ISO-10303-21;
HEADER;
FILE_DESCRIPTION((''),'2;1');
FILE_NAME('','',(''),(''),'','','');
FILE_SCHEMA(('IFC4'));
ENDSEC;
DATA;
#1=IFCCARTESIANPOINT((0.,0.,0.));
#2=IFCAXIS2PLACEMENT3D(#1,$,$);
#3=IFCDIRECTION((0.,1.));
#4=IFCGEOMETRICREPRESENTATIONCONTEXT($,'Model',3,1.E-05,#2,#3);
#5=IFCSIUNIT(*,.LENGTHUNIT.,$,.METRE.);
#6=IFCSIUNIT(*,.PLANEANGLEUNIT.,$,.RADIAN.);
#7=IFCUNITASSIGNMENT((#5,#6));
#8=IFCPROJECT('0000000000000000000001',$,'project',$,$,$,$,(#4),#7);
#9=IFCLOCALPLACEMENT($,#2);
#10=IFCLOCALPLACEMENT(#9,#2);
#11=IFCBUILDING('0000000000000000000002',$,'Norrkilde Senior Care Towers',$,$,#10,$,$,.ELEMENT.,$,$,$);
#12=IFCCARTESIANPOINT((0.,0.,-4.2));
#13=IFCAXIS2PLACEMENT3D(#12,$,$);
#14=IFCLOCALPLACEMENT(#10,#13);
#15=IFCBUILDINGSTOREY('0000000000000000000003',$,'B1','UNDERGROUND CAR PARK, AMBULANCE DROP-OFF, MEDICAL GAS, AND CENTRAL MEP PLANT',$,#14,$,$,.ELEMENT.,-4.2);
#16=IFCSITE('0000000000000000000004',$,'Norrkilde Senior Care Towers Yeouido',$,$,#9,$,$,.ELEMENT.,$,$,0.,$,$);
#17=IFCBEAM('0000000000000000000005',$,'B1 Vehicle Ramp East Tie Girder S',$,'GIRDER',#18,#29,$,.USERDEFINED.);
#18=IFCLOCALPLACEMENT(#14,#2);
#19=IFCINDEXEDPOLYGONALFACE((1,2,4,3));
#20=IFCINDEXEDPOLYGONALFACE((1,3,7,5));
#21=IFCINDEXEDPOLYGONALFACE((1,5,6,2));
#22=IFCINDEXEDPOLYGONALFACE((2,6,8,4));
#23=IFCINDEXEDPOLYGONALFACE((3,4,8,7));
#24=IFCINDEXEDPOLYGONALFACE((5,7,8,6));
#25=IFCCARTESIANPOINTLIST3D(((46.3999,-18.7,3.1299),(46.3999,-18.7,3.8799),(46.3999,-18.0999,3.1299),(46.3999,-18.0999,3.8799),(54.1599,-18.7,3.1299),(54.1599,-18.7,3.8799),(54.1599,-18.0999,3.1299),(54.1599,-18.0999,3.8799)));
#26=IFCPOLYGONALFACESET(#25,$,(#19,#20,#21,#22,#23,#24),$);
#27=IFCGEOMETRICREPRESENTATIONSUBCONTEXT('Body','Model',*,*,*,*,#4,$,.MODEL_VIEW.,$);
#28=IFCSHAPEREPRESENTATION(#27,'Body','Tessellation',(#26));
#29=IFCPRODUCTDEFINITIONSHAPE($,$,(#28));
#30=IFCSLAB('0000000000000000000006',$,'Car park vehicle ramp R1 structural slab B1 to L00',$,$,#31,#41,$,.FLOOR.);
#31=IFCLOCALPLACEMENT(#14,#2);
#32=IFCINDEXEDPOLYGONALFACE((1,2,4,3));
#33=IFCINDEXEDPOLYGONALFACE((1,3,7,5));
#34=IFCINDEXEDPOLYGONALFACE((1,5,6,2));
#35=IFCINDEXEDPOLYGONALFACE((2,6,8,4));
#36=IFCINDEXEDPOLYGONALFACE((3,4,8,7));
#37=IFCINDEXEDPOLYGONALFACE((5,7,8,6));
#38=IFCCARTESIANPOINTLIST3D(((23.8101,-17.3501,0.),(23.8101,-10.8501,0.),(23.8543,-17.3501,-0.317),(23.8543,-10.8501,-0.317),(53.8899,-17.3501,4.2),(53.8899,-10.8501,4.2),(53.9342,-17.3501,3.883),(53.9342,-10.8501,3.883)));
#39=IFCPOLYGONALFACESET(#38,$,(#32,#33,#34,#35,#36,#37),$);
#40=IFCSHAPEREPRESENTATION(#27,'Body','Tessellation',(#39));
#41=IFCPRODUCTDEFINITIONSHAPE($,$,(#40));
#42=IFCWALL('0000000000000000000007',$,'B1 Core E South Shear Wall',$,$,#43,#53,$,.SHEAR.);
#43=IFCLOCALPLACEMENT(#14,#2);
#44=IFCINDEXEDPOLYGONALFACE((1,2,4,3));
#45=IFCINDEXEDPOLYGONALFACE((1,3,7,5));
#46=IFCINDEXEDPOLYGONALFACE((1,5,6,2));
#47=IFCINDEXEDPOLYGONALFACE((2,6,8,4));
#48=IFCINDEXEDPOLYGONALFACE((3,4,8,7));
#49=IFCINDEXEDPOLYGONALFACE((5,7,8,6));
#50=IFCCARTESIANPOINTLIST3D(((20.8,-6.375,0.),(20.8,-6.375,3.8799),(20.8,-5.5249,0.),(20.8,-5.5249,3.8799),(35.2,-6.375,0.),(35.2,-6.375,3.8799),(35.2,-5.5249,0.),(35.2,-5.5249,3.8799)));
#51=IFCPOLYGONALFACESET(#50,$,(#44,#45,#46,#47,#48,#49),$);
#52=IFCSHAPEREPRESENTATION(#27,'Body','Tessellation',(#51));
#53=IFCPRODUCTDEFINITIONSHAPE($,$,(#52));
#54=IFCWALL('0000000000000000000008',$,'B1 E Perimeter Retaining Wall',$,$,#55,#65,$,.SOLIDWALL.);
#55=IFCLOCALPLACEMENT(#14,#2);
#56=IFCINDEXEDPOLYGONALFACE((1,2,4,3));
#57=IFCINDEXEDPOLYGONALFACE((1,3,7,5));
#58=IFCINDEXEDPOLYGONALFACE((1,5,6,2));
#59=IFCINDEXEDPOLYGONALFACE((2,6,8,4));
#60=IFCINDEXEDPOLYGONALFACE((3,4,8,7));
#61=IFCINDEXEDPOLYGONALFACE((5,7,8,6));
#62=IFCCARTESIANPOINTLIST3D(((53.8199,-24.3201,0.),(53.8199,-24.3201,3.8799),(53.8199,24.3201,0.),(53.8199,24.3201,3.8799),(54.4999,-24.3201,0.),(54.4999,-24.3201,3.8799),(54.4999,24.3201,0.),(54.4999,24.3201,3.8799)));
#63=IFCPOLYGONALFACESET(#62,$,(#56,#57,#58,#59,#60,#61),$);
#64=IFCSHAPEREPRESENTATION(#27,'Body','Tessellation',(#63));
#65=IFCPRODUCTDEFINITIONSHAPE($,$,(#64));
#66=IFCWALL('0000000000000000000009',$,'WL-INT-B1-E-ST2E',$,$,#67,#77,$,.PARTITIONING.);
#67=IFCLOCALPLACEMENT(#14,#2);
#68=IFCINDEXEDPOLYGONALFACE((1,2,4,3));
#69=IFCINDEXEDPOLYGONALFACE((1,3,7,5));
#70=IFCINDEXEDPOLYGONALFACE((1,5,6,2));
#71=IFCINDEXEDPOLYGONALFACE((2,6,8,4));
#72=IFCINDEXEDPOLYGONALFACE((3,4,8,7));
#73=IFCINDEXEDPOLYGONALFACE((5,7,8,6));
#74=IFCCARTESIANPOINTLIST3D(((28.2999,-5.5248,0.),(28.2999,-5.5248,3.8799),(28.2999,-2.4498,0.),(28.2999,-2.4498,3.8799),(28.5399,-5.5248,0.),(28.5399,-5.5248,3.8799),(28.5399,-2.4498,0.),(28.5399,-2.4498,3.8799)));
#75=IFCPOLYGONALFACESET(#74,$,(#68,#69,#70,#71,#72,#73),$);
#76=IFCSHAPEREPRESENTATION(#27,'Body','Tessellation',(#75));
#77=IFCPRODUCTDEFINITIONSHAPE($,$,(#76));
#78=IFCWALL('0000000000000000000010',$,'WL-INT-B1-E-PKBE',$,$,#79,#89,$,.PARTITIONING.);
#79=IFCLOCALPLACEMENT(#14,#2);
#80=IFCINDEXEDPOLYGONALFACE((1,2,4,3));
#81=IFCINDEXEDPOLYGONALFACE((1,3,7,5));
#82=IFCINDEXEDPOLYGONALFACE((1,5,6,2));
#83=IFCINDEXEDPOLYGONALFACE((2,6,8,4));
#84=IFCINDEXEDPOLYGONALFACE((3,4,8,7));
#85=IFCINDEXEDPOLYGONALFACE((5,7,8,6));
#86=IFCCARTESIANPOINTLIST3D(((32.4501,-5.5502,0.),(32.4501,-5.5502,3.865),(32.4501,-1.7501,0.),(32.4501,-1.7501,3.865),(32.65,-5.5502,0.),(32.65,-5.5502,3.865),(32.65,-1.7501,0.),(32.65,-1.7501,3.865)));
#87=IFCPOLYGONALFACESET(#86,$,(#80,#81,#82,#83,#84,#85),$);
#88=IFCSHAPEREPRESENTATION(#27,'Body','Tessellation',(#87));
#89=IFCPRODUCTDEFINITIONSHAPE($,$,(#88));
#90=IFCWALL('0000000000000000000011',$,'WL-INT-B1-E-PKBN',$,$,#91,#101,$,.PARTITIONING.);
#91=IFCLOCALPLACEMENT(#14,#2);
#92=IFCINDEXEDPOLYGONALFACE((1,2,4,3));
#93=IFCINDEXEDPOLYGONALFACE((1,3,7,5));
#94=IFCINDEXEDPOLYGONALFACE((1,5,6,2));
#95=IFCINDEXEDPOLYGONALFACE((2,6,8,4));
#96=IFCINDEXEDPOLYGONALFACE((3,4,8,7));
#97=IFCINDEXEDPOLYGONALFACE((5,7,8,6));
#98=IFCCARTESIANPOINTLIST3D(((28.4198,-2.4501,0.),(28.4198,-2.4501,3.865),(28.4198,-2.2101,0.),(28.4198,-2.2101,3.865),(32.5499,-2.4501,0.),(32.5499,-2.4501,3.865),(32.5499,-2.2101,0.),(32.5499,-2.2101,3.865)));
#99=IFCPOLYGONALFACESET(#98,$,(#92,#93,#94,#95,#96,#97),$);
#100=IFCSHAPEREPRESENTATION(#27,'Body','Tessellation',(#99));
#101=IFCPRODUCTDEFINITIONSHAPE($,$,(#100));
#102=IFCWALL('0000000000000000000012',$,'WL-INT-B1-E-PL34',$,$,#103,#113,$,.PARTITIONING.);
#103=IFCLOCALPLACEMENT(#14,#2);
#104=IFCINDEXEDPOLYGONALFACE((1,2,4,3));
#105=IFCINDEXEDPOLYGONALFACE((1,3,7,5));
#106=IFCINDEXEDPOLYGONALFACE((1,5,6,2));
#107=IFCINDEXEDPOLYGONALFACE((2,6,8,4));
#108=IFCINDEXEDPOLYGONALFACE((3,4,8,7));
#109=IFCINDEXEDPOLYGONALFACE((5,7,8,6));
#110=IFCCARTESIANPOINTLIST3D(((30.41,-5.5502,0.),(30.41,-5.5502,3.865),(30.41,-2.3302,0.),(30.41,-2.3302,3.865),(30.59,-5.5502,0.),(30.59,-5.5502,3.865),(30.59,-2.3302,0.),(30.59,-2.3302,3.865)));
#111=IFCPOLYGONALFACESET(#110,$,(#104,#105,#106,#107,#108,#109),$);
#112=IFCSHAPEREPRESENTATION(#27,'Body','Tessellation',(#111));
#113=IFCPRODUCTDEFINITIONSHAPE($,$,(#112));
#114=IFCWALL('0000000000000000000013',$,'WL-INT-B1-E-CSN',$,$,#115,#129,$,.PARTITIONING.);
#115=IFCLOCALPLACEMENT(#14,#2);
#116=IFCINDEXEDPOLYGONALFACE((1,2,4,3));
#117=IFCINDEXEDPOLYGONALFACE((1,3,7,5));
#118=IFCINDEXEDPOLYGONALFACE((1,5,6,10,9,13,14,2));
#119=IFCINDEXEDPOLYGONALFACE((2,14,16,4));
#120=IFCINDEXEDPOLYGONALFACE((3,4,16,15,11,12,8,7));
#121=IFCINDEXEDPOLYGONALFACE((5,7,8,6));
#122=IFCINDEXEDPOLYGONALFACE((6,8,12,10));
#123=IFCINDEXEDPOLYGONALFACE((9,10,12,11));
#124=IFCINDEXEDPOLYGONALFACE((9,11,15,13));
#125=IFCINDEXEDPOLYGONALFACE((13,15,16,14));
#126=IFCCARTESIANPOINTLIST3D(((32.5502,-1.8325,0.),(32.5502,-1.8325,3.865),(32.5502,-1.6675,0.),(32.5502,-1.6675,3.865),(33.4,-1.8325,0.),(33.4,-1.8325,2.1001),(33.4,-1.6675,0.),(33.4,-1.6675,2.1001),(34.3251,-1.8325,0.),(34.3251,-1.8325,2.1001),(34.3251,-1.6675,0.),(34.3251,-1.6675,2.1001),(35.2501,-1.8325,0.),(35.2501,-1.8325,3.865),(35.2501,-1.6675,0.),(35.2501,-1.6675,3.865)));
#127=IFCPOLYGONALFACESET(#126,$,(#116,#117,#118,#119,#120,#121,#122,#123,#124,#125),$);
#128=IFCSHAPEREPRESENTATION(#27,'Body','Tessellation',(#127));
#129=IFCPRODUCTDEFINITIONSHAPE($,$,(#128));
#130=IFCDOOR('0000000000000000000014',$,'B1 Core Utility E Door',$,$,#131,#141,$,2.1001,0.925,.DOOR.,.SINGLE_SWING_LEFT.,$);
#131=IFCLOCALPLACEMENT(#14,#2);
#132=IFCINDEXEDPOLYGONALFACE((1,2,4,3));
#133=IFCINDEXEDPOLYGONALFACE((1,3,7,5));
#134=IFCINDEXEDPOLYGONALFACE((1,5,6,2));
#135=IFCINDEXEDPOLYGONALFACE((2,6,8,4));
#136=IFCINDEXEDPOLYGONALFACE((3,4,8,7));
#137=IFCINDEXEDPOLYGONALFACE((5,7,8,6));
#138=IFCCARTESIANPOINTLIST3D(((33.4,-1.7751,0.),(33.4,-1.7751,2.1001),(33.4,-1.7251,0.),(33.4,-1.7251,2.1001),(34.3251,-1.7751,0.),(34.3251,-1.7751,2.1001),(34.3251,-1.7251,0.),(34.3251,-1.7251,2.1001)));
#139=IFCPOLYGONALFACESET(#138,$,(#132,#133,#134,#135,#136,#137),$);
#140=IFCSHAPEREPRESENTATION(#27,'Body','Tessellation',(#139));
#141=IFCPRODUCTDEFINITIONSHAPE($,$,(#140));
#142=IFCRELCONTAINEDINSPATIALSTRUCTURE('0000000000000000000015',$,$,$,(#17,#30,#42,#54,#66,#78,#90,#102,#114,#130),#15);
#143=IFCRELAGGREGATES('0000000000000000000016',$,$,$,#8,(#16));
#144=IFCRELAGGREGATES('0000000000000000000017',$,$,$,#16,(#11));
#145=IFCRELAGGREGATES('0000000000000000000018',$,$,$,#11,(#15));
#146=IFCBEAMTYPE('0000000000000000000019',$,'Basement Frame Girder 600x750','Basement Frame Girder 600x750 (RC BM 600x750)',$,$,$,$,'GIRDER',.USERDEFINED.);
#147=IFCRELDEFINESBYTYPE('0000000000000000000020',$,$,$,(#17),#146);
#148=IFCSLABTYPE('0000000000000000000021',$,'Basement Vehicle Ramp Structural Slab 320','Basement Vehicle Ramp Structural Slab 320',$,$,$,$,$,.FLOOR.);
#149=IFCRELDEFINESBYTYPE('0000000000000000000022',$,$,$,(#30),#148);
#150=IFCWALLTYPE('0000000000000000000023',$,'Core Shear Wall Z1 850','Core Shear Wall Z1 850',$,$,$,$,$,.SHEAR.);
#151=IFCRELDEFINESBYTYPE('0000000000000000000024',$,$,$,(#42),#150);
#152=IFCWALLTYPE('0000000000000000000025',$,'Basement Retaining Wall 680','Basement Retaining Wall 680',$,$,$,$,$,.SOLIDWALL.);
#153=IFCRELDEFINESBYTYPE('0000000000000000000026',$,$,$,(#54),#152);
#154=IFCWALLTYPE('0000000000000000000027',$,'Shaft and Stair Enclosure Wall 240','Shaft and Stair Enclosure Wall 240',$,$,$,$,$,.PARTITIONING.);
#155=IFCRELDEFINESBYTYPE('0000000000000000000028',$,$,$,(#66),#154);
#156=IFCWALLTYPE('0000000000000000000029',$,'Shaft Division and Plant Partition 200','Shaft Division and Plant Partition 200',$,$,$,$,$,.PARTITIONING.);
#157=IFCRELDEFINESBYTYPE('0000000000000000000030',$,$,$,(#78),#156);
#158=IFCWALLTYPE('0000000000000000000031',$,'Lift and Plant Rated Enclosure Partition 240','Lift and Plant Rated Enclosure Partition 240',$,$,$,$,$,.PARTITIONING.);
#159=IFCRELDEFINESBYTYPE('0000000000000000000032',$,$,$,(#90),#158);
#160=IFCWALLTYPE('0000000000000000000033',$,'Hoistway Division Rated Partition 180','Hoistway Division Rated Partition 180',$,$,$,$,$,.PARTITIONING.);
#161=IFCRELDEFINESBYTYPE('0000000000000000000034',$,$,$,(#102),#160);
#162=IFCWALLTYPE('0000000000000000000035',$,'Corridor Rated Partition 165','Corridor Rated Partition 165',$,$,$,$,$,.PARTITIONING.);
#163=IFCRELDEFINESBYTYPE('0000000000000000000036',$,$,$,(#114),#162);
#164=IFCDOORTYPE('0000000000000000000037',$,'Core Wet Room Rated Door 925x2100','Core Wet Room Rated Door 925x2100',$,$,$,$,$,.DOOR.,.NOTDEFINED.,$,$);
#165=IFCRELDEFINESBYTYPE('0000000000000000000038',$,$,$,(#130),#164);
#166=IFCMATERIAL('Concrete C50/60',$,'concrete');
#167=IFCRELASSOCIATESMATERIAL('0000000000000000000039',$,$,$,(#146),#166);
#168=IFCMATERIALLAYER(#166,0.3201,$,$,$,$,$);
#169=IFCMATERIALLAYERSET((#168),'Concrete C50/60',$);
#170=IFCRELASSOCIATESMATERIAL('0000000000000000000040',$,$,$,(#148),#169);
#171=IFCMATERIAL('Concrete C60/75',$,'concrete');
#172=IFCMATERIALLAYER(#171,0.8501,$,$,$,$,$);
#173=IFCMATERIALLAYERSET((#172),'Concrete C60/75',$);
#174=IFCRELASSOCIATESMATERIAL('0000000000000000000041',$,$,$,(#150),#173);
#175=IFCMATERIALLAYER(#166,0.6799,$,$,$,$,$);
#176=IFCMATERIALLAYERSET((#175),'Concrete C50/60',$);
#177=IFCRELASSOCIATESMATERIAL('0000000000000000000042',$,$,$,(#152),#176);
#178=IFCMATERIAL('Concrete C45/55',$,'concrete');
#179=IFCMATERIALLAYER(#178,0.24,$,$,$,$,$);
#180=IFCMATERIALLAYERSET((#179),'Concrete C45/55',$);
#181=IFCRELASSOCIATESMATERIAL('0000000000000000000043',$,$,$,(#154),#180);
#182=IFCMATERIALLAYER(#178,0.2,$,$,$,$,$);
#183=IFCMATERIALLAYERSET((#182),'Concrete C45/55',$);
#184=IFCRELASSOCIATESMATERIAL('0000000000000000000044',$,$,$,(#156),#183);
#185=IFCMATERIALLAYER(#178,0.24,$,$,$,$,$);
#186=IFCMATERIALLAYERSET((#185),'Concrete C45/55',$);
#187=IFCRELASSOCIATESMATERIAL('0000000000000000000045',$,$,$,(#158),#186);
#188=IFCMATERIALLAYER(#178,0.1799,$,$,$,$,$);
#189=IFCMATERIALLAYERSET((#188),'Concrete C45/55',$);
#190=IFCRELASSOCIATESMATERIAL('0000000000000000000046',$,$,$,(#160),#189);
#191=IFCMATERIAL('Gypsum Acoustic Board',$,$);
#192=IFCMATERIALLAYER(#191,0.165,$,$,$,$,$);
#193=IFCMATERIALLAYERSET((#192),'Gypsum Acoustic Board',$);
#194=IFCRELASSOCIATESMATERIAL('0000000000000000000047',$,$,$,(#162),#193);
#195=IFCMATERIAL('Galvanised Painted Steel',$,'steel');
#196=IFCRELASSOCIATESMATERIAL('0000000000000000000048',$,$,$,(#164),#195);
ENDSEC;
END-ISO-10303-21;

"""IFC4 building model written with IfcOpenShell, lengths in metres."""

from ifc_helpers import new_model, si_unit, direction, frame, frame_2d, origin, origin_2d, place, context, subcontext, project, spatial, polyline, rectangle, outline, extrude, source, transform, mapped, material, layer, layer_set, material_profile, profile_set, type_object, type_shapes, element, fill, save


model = new_model("IFC4")

# Units and contexts
model_context = context("Model", 3, precision=1e-05, world=origin(), true_north=direction((0.0, 1.0)))
body_context = subcontext(model_context, "Body", "Model", "MODEL_VIEW")
ifc_project = project(units=[si_unit("LENGTHUNIT", "METRE"), si_unit("PLANEANGLEUNIT", "RADIAN")], contexts=[model_context])

# Site, building, storey
site_placement = place(None, origin())
site = spatial("IfcSite", under=ifc_project, at=site_placement, Name="Norrkilde Senior Care Towers Yeouido", CompositionType="ELEMENT", RefElevation=0.0)
building_placement = place(site_placement, origin())
building = spatial("IfcBuilding", under=site, at=building_placement, Name="Norrkilde Senior Care Towers", CompositionType="ELEMENT")
storey_placement = place(building_placement, frame((0.0, 0.0, -4.2)))
storey = spatial("IfcBuildingStorey", under=building, at=storey_placement, Name="B1", Description="UNDERGROUND CAR PARK, AMBULANCE DROP-OFF, MEDICAL GAS, AND CENTRAL MEP PLANT", CompositionType="ELEMENT", Elevation=-4.2)

# Shared definitions
ifc_material_1 = material(Name="Concrete C60/75", Category="concrete")

# Beam
ifc_material_2 = material(Name="Concrete C50/60", Category="concrete")
ifc_material_profile_1 = material_profile(ifc_material_2, rectangle(XDim=0.6001, YDim=0.75, at=origin_2d()), Name="RC BM 600x750")
ifc_profile_set_1 = profile_set([ifc_material_profile_1], Name="Concrete C50/60")
beam_type_1 = type_object("IfcBeamType", Name="Basement Frame Girder 600x750", Description="Basement Frame Girder 600x750 (RC BM 600x750)", ElementType="GIRDER", PredefinedType="USERDEFINED", material=ifc_profile_set_1)
shared_shape_1 = source(origin(), body_context, "Body", "SweptSolid", [
    extrude(rectangle(XDim=0.6001, YDim=0.75, at=origin_2d()), origin(), (0.0, 0.0, 1.0), 7.76),
])
beam_1_placement = place(storey_placement, frame((46.3999, -18.3999, 3.5049), z_axis=(1.0, 0.0, 0.0), x_axis=(0.0, 1.0, 0.0)))
element("IfcBeam", 1, at=beam_1_placement, inside=storey, type_object=beam_type_1, Name="B1 Vehicle Ramp East Tie Girder S", ObjectType="GIRDER", PredefinedType="USERDEFINED", context=body_context, shape_type="MappedRepresentation", body=[
    mapped(shared_shape_1, transform((0.0, 0.0, 0.0), x_axis=(1.0, 0.0, 0.0), y_axis=(0.0, 1.0, 0.0), z_axis=(0.0, 0.0, 1.0), scale=1.0)),
])

# Slab
ifc_layer_1 = layer(ifc_material_2, 0.3201)
ifc_layer_set_1 = layer_set([ifc_layer_1], Name="Concrete C50/60")
slab_type = type_object("IfcSlabType", Name="Basement Vehicle Ramp Structural Slab 320", Description="Basement Vehicle Ramp Structural Slab 320", PredefinedType="FLOOR", material=ifc_layer_set_1)
slab_placement = place(storey_placement, frame((23.8101, -17.3501, 0.0), z_axis=(-0.138285, 0.0, 0.990392), x_axis=(0.990392, 0.0, 0.138285)))
element("IfcSlab", 2, at=slab_placement, inside=storey, type_object=slab_type, Name="Car park vehicle ramp R1 structural slab B1 to L00", PredefinedType="FLOOR", context=body_context, shape_type="SweptSolid", body=[
    extrude(outline(polyline([(0.0, 0.0), (30.3716, 0.0), (30.3716, 6.5), (0.0, 6.5), (0.0, 0.0)])), origin(), (0.0, 0.0, -1.0), 0.3201),
])

# Walls
ifc_layer_2 = layer(ifc_material_1, 0.8501)
ifc_layer_set_2 = layer_set([ifc_layer_2], Name="Concrete C60/75")
wall_type_1 = type_object("IfcWallType", Name="Core Shear Wall Z1 850", Description="Core Shear Wall Z1 850", PredefinedType="SHEAR", material=ifc_layer_set_2)
shared_shape_2 = source(origin(), body_context, "Body", "SweptSolid", [
    extrude(rectangle(XDim=14.3999, YDim=0.8501, at=frame_2d((7.2, 0.0))), origin(), (0.0, 0.0, 1.0), 3.8799),
])
type_shapes(wall_type_1, [shared_shape_2])
wall_1_placement = place(storey_placement, frame((35.2, -5.95, 0.0), z_axis=(0.0, 0.0, 1.0), x_axis=(-1.0, 0.0, 0.0)))
element("IfcWall", 3, at=wall_1_placement, inside=storey, type_object=wall_type_1, Name="B1 Core E South Shear Wall", PredefinedType="SHEAR", context=body_context, shape_type="MappedRepresentation", body=[
    mapped(shared_shape_2, transform((0.0, 0.0, 0.0), x_axis=(1.0, 0.0, 0.0), y_axis=(0.0, 1.0, 0.0), z_axis=(0.0, 0.0, 1.0), scale=1.0)),
])
ifc_layer_3 = layer(ifc_material_2, 0.6799)
ifc_layer_set_3 = layer_set([ifc_layer_3], Name="Concrete C50/60")
wall_type_2 = type_object("IfcWallType", Name="Basement Retaining Wall 680", Description="Basement Retaining Wall 680", PredefinedType="SOLIDWALL", material=ifc_layer_set_3)
shared_shape_3 = source(origin(), body_context, "Body", "SweptSolid", [
    extrude(rectangle(XDim=48.6401, YDim=0.6799, at=frame_2d((24.3201, 0.0))), origin(), (0.0, 0.0, 1.0), 3.8799),
])
type_shapes(wall_type_2, [shared_shape_3])
wall_2_placement = place(storey_placement, frame((54.1599, -24.3201, 0.0), z_axis=(0.0, 0.0, 1.0), x_axis=(0.0, 1.0, 0.0)))
element("IfcWall", 4, at=wall_2_placement, inside=storey, type_object=wall_type_2, Name="B1 E Perimeter Retaining Wall", PredefinedType="SOLIDWALL", context=body_context, shape_type="MappedRepresentation", body=[
    mapped(shared_shape_3, transform((0.0, 0.0, 0.0), x_axis=(1.0, 0.0, 0.0), y_axis=(0.0, 1.0, 0.0), z_axis=(0.0, 0.0, 1.0), scale=1.0)),
])
ifc_material_3 = material(Name="Concrete C45/55", Category="concrete")
ifc_layer_4 = layer(ifc_material_3, 0.24)
ifc_layer_set_4 = layer_set([ifc_layer_4], Name="Concrete C45/55")
wall_type_3 = type_object("IfcWallType", Name="Shaft and Stair Enclosure Wall 240", Description="Shaft and Stair Enclosure Wall 240", PredefinedType="PARTITIONING", material=ifc_layer_set_4)
shared_shape_4 = source(origin(), body_context, "Body", "SweptSolid", [
    extrude(rectangle(XDim=3.075, YDim=0.24, at=frame_2d((1.5376, 0.0))), origin(), (0.0, 0.0, 1.0), 3.8799),
])
type_shapes(wall_type_3, [shared_shape_4])
wall_3_placement = place(storey_placement, frame((28.4199, -5.5249, 0.0), z_axis=(0.0, 0.0, 1.0), x_axis=(0.0, 1.0, 0.0)))
element("IfcWall", 5, at=wall_3_placement, inside=storey, type_object=wall_type_3, Name="WL-INT-B1-E-ST2E", PredefinedType="PARTITIONING", context=body_context, shape_type="MappedRepresentation", body=[
    mapped(shared_shape_4, transform((0.0, 0.0, 0.0), x_axis=(1.0, 0.0, 0.0), y_axis=(0.0, 1.0, 0.0), z_axis=(0.0, 0.0, 1.0), scale=1.0)),
])
ifc_layer_5 = layer(ifc_material_3, 0.2)
ifc_layer_set_5 = layer_set([ifc_layer_5], Name="Concrete C45/55")
wall_type_4 = type_object("IfcWallType", Name="Shaft Division and Plant Partition 200", Description="Shaft Division and Plant Partition 200", PredefinedType="PARTITIONING", material=ifc_layer_set_5)
shared_shape_5 = source(origin(), body_context, "Body", "SweptSolid", [
    extrude(rectangle(XDim=3.8, YDim=0.2, at=frame_2d((1.8999, 0.0))), origin(), (0.0, 0.0, 1.0), 3.865),
])
type_shapes(wall_type_4, [shared_shape_5])
wall_4_placement = place(storey_placement, frame((32.55, -5.55, 0.0), z_axis=(0.0, 0.0, 1.0), x_axis=(0.0, 1.0, 0.0)))
element("IfcWall", 6, at=wall_4_placement, inside=storey, type_object=wall_type_4, Name="WL-INT-B1-E-PKBE", PredefinedType="PARTITIONING", context=body_context, shape_type="MappedRepresentation", body=[
    mapped(shared_shape_5, transform((0.0, 0.0, 0.0), x_axis=(1.0, 0.0, 0.0), y_axis=(0.0, 1.0, 0.0), z_axis=(0.0, 0.0, 1.0), scale=1.0)),
])
ifc_layer_6 = layer(ifc_material_3, 0.24)
ifc_layer_set_6 = layer_set([ifc_layer_6], Name="Concrete C45/55")
wall_type_5 = type_object("IfcWallType", Name="Lift and Plant Rated Enclosure Partition 240", Description="Lift and Plant Rated Enclosure Partition 240", PredefinedType="PARTITIONING", material=ifc_layer_set_6)
shared_shape_6 = source(origin(), body_context, "Body", "SweptSolid", [
    extrude(rectangle(XDim=4.1301, YDim=0.24, at=frame_2d((2.0649, 0.0))), origin(), (0.0, 0.0, 1.0), 3.865),
])
type_shapes(wall_type_5, [shared_shape_6])
wall_5_placement = place(storey_placement, frame((28.4199, -2.3301, 0.0), z_axis=(0.0, 0.0, 1.0), x_axis=(1.0, 0.0, 0.0)))
element("IfcWall", 7, at=wall_5_placement, inside=storey, type_object=wall_type_5, Name="WL-INT-B1-E-PKBN", PredefinedType="PARTITIONING", context=body_context, shape_type="MappedRepresentation", body=[
    mapped(shared_shape_6, transform((0.0, 0.0, 0.0), x_axis=(1.0, 0.0, 0.0), y_axis=(0.0, 1.0, 0.0), z_axis=(0.0, 0.0, 1.0), scale=1.0)),
])
ifc_layer_7 = layer(ifc_material_3, 0.1799)
ifc_layer_set_7 = layer_set([ifc_layer_7], Name="Concrete C45/55")
wall_type_6 = type_object("IfcWallType", Name="Hoistway Division Rated Partition 180", Description="Hoistway Division Rated Partition 180", PredefinedType="PARTITIONING", material=ifc_layer_set_7)
shared_shape_7 = source(origin(), body_context, "Body", "SweptSolid", [
    extrude(rectangle(XDim=3.22, YDim=0.1799, at=frame_2d((1.6099, 0.0))), origin(), (0.0, 0.0, 1.0), 3.865),
])
type_shapes(wall_type_6, [shared_shape_7])
wall_6_placement = place(storey_placement, frame((30.5, -5.55, 0.0), z_axis=(0.0, 0.0, 1.0), x_axis=(0.0, 1.0, 0.0)))
element("IfcWall", 8, at=wall_6_placement, inside=storey, type_object=wall_type_6, Name="WL-INT-B1-E-PL34", PredefinedType="PARTITIONING", context=body_context, shape_type="MappedRepresentation", body=[
    mapped(shared_shape_7, transform((0.0, 0.0, 0.0), x_axis=(1.0, 0.0, 0.0), y_axis=(0.0, 1.0, 0.0), z_axis=(0.0, 0.0, 1.0), scale=1.0)),
])

# Wall, opening, door
ifc_material_4 = material(Name="Gypsum Acoustic Board")
ifc_layer_8 = layer(ifc_material_4, 0.165)
ifc_layer_set_8 = layer_set([ifc_layer_8], Name="Gypsum Acoustic Board")
wall_type_7 = type_object("IfcWallType", Name="Corridor Rated Partition 165", Description="Corridor Rated Partition 165", PredefinedType="PARTITIONING", material=ifc_layer_set_8)
shared_shape_8 = source(origin(), body_context, "Body", "SweptSolid", [
    extrude(rectangle(XDim=2.7, YDim=0.165, at=frame_2d((1.3501, 0.0))), origin(), (0.0, 0.0, 1.0), 3.865),
])
type_shapes(wall_type_7, [shared_shape_8])
wall_7_placement = place(storey_placement, frame((32.55, -1.75, 0.0), z_axis=(0.0, 0.0, 1.0), x_axis=(1.0, 0.0, 0.0)))
wall_7 = element("IfcWall", 9, at=wall_7_placement, inside=storey, type_object=wall_type_7, Name="WL-INT-B1-E-CSN", PredefinedType="PARTITIONING", context=body_context, shape_type="MappedRepresentation", body=[
    mapped(shared_shape_8, transform((0.0, 0.0, 0.0), x_axis=(1.0, 0.0, 0.0), y_axis=(0.0, 1.0, 0.0), z_axis=(0.0, 0.0, 1.0), scale=1.0)),
])
opening_placement = place(wall_7_placement, frame((0.8501, 0.0, 0.0)))
opening = element("IfcOpeningElement", 10, at=opening_placement, cuts=wall_7, PredefinedType="OPENING", context=body_context, shape_type="SweptSolid", body=[
    extrude(rectangle(XDim=0.925, YDim=2.1001, at=frame_2d((0.4624, 1.05))), frame((0.0, 0.0925, 0.0), z_axis=(0.0, -1.0, 0.0), x_axis=(1.0, 0.0, 0.0)), (0.0, 0.0, 1.0), 0.1851),
])
ifc_material_5 = material(Name="Galvanised Painted Steel", Category="steel")
door_type = type_object("IfcDoorType", Name="Core Wet Room Rated Door 925x2100", Description="Core Wet Room Rated Door 925x2100", OperationType="NOTDEFINED", PredefinedType="DOOR", material=ifc_material_5)
shared_shape_9 = source(origin(), body_context, "Body", "SweptSolid", [
    extrude(rectangle(XDim=0.925, YDim=2.1001, at=frame_2d((0.4624, 1.05))), frame((0.0, 0.0249, 0.0), z_axis=(0.0, -1.0, 0.0), x_axis=(1.0, 0.0, 0.0)), (0.0, 0.0, 1.0), 0.05),
])
type_shapes(door_type, [shared_shape_9])
door_placement = place(opening_placement, origin())
door = element("IfcDoor", 11, at=door_placement, inside=storey, type_object=door_type, Name="B1 Core Utility E Door", OperationType="SINGLE_SWING_LEFT", OverallHeight=2.1001, OverallWidth=0.925, PredefinedType="DOOR", context=body_context, shape_type="MappedRepresentation", body=[
    mapped(shared_shape_9, transform((0.0, 0.0, 0.0), x_axis=(1.0, 0.0, 0.0), y_axis=(0.0, 1.0, 0.0), z_axis=(0.0, 0.0, 1.0), scale=1.0)),
])
fill(opening, door)

save(model, "model.ifc")
